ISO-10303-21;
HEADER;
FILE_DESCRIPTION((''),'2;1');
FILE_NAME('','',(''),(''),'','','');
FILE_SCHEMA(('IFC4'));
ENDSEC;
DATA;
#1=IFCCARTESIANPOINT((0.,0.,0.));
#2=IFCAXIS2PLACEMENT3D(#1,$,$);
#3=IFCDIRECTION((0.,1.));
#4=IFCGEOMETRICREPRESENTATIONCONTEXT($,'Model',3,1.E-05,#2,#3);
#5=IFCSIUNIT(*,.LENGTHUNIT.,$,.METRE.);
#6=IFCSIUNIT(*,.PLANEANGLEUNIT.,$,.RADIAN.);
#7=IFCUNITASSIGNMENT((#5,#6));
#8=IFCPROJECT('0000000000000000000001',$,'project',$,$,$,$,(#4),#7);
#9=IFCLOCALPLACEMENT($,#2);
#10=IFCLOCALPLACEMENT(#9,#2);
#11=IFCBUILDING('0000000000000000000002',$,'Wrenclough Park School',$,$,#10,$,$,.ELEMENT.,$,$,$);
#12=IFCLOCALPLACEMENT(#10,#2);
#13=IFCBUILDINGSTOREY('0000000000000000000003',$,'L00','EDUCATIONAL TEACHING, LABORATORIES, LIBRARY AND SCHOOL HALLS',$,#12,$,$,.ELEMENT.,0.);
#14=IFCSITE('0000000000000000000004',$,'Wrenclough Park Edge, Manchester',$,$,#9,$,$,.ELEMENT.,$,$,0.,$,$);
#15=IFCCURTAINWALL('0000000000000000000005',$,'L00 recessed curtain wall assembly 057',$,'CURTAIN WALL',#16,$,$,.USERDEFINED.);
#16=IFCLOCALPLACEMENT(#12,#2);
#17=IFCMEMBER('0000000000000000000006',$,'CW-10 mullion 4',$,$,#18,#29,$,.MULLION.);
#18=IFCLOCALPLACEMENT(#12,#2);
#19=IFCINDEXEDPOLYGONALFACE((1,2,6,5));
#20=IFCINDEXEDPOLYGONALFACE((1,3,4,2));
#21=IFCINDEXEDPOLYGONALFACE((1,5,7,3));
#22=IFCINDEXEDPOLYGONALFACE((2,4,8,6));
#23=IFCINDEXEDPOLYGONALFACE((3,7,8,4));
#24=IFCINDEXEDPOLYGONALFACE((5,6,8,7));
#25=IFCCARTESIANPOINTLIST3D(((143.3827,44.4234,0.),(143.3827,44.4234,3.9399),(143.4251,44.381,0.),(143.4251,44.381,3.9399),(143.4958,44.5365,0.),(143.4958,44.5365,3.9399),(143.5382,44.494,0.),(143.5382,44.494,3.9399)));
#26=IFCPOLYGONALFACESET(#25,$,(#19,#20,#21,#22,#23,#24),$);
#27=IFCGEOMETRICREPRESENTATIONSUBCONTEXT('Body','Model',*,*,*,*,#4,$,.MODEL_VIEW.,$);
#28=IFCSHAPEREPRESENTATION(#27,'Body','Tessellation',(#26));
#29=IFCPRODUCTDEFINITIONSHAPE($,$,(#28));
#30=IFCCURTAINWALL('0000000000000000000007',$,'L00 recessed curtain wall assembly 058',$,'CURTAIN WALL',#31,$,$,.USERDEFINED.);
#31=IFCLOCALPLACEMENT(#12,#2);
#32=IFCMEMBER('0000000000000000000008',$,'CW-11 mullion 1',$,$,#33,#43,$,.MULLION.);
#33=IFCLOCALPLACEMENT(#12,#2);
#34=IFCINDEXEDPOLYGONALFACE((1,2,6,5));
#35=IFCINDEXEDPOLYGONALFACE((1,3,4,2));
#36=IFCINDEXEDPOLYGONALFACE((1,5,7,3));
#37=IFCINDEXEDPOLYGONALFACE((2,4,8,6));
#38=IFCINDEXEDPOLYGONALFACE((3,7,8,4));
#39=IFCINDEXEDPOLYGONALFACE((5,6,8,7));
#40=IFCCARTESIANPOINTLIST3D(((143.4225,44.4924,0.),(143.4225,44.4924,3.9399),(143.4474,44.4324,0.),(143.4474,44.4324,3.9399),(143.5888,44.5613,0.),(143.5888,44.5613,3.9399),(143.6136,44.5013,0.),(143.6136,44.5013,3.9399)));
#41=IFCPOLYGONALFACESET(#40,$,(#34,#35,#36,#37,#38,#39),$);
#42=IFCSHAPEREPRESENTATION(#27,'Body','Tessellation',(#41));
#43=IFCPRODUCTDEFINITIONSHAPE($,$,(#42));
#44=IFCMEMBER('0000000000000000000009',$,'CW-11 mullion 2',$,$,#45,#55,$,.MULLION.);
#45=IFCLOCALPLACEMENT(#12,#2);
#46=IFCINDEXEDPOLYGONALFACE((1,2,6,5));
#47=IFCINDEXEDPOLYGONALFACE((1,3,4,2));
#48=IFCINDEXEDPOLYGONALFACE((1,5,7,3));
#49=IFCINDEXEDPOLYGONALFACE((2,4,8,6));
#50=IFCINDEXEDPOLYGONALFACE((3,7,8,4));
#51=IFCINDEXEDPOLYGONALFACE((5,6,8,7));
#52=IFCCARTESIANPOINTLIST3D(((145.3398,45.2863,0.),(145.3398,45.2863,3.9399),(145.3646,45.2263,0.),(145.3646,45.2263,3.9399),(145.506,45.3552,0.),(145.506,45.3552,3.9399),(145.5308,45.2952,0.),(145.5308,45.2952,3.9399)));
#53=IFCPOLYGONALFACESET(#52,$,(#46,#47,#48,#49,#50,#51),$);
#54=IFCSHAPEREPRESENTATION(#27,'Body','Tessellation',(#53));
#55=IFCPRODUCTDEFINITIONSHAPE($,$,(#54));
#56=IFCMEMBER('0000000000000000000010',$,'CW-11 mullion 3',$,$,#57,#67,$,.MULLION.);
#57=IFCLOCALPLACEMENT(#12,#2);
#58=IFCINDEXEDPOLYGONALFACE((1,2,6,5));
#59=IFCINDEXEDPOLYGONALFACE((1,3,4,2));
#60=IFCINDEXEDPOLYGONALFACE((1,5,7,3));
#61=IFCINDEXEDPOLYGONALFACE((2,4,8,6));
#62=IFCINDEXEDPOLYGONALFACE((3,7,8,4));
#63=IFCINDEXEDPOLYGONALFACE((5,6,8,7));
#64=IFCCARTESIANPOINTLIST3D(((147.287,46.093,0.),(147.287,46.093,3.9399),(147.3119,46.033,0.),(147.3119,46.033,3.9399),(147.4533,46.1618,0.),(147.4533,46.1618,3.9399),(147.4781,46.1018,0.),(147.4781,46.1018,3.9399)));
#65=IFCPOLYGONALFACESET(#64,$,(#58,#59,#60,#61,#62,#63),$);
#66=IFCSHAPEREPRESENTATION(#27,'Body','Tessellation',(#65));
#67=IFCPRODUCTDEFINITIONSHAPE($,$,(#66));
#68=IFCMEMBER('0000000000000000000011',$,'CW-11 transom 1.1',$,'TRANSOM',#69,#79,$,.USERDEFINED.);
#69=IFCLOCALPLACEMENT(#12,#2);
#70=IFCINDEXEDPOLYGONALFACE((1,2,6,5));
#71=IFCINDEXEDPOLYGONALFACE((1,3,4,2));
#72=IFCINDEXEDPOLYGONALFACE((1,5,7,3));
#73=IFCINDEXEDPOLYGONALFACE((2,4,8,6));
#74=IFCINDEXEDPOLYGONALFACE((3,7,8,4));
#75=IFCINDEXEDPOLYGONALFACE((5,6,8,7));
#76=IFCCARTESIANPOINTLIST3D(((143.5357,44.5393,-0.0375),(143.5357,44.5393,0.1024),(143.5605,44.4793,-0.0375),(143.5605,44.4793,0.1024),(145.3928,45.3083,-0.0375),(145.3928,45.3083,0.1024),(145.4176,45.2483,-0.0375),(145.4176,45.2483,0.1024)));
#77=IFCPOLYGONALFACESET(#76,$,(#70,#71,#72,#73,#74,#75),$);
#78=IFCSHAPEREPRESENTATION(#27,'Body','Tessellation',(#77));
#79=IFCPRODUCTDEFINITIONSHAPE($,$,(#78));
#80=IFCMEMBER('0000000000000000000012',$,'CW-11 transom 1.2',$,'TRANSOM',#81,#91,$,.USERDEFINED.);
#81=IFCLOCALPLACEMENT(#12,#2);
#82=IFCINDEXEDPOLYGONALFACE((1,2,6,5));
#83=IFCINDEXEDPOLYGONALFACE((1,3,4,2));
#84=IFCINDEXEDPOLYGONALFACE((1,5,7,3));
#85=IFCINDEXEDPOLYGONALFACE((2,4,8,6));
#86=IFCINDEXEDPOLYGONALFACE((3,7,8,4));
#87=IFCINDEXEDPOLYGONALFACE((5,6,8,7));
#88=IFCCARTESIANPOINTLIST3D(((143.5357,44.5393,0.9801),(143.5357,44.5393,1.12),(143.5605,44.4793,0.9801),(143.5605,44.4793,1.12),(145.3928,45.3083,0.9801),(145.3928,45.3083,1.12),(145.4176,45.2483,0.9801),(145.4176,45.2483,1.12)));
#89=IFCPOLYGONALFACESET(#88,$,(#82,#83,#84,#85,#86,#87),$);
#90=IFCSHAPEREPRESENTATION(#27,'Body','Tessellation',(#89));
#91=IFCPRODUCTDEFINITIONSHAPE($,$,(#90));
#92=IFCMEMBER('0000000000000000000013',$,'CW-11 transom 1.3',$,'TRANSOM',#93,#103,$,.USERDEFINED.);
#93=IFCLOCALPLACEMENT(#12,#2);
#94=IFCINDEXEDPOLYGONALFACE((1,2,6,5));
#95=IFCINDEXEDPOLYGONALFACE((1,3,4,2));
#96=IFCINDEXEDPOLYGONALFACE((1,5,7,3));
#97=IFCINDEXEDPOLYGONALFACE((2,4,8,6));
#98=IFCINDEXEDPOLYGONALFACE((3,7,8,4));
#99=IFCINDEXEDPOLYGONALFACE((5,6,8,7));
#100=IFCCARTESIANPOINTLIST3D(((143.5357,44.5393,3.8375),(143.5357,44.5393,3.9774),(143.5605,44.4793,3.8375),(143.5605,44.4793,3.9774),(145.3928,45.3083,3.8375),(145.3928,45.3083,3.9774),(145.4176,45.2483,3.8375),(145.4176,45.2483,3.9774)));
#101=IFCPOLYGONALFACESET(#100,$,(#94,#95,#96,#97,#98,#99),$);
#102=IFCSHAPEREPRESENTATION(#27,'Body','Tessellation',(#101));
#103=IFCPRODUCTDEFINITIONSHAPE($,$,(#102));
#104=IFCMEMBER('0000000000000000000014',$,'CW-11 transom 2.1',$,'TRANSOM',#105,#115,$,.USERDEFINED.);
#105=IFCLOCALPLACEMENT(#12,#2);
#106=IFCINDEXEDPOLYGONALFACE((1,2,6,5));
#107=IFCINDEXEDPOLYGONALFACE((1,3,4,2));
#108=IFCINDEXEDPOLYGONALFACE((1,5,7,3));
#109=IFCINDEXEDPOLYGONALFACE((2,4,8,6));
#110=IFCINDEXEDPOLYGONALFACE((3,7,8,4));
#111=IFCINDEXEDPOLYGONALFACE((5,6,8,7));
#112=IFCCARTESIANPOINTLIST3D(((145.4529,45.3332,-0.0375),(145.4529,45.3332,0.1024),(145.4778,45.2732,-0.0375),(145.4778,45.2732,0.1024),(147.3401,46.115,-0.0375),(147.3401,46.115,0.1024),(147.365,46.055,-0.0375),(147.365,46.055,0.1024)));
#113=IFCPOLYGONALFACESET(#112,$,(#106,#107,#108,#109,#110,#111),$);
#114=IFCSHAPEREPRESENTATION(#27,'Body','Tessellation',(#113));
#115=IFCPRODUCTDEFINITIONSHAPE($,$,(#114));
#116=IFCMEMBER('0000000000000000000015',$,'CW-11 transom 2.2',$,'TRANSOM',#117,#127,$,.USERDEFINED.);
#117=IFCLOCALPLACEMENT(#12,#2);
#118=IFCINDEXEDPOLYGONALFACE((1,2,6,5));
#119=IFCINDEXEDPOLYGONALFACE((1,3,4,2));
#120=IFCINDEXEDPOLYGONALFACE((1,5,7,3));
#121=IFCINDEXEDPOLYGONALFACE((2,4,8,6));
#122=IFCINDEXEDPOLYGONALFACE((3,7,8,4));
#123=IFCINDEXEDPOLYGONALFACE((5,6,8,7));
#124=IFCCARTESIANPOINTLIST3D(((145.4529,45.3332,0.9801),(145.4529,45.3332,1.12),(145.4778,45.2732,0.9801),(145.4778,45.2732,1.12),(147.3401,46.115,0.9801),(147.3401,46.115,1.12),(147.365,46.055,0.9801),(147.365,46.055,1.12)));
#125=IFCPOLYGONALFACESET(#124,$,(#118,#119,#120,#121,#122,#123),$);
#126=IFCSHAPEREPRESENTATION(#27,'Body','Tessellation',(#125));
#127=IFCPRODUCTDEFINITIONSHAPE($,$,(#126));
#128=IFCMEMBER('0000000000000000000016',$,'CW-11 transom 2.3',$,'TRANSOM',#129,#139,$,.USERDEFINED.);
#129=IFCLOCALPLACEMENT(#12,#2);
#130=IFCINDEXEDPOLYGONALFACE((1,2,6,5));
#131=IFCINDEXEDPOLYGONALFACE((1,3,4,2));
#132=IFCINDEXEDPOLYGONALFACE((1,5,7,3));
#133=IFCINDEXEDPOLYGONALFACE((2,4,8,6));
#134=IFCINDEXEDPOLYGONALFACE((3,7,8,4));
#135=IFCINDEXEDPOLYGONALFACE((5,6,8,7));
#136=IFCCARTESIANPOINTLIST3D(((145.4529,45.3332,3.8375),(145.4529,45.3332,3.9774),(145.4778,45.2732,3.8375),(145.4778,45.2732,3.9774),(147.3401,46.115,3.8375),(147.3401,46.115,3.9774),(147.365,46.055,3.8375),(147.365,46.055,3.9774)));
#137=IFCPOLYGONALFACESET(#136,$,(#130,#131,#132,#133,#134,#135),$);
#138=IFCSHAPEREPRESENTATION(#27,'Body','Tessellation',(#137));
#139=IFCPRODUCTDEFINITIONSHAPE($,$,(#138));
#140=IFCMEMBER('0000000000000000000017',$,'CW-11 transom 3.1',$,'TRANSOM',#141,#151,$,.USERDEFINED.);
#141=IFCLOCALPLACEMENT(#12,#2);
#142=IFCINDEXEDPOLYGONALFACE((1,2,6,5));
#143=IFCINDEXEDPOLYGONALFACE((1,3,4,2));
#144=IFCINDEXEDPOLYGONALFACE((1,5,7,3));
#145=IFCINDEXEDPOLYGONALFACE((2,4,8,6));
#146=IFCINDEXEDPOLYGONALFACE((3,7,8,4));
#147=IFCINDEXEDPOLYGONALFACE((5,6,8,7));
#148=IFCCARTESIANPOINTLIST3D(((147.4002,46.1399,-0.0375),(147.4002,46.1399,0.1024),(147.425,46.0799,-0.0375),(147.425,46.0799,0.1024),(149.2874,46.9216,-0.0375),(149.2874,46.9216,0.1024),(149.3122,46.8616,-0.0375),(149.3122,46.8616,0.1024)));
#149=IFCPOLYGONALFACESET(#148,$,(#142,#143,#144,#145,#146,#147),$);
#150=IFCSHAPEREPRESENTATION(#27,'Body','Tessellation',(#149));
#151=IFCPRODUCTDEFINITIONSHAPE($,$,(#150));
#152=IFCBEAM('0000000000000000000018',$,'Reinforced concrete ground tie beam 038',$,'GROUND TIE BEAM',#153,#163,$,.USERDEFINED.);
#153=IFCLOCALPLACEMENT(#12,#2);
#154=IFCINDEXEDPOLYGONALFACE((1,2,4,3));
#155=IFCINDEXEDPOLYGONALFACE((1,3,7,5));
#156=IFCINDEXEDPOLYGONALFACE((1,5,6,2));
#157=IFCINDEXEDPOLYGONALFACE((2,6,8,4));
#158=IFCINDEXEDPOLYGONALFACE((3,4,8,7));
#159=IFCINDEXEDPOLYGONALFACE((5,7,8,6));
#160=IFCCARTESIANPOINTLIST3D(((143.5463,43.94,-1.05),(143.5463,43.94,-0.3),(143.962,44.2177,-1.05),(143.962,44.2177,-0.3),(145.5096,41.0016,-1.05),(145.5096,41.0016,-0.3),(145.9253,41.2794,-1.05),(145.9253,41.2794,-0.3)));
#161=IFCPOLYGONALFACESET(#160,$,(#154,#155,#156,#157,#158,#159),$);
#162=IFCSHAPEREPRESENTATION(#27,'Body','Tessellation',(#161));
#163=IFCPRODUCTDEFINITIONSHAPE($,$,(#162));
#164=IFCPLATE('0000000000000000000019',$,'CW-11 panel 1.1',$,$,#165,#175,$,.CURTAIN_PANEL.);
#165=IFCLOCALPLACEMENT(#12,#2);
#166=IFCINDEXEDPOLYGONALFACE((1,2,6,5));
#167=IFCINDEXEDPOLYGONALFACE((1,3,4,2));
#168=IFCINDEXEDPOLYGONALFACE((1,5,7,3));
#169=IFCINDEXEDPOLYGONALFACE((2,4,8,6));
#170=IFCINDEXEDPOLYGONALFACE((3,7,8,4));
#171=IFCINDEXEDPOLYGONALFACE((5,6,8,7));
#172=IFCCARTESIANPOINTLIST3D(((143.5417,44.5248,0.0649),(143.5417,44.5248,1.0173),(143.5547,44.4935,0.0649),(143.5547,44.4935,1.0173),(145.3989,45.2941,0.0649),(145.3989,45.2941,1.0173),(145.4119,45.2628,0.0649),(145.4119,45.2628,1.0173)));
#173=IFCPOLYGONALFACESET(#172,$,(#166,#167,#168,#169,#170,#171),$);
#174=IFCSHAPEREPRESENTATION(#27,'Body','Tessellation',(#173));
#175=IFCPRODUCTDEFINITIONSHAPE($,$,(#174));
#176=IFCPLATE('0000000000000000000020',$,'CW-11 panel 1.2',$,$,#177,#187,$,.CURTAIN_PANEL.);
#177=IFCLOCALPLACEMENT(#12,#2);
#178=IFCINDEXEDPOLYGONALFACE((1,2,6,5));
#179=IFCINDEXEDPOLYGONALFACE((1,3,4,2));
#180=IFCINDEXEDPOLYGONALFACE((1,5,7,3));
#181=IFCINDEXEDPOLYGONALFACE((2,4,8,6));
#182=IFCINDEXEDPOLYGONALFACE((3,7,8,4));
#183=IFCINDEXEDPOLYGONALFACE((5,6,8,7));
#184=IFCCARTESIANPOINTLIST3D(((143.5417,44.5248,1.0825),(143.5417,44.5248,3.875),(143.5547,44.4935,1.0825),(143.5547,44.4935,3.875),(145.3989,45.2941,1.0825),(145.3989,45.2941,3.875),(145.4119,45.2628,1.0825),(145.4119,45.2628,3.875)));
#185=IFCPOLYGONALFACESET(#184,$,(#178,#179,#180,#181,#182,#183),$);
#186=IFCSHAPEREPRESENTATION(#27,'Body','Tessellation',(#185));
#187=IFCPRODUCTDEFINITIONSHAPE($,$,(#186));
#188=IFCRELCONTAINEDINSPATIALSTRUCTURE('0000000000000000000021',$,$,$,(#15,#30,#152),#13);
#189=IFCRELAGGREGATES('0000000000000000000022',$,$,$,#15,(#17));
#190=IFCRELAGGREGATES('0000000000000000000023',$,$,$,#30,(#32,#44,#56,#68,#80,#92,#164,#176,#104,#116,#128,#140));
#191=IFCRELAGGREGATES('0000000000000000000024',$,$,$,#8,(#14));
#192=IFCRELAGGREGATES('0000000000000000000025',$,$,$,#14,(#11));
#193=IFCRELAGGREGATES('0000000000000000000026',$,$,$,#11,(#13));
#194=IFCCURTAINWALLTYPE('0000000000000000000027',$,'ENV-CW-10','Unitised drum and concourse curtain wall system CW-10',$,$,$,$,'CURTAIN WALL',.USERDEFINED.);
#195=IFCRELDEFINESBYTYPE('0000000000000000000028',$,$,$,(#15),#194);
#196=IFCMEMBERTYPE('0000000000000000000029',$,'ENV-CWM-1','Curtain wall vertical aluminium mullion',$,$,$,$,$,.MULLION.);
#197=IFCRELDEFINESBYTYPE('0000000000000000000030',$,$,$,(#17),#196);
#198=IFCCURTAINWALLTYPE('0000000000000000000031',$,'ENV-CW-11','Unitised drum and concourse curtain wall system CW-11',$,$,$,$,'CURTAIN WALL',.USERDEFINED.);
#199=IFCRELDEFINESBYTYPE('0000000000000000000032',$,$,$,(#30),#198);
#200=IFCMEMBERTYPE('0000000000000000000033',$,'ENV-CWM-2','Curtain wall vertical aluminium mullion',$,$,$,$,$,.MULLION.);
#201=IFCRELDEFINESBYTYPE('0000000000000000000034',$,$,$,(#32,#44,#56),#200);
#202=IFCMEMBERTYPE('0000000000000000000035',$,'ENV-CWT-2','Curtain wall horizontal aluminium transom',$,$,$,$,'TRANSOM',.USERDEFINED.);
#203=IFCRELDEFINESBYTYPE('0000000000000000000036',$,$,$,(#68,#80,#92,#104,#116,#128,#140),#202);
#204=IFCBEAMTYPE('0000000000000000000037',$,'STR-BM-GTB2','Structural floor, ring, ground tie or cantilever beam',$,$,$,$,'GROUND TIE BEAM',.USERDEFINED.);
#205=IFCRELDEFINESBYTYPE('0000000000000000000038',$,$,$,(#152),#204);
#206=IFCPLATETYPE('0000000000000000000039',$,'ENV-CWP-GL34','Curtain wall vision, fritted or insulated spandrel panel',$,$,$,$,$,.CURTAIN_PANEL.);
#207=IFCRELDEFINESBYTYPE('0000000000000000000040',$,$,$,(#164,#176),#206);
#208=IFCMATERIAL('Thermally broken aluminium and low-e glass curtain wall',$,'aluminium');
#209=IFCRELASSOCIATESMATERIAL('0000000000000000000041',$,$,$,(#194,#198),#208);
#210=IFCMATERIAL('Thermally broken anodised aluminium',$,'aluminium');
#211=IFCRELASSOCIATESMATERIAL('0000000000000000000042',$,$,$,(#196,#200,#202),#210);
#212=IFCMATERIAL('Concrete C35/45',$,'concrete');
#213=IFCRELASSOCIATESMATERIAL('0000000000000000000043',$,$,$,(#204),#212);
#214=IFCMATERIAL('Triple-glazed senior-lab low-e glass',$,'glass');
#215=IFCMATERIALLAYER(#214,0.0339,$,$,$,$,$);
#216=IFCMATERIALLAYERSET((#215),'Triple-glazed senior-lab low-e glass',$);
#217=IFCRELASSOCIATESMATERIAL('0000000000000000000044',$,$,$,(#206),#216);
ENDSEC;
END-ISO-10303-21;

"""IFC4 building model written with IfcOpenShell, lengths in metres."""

from ifc_helpers import new_model, si_unit, direction, frame, origin, origin_2d, place, context, subcontext, project, spatial, rectangle, extrude, material, layer, layer_set, material_profile, profile_set, type_object, element, aggregate, save


model = new_model("IFC4")

# Units and contexts
model_context = context("Model", 3, precision=1e-05, world=origin(), true_north=direction((0.0, 1.0)))
body_context = subcontext(model_context, "Body", "Model", "MODEL_VIEW")
ifc_project = project(units=[si_unit("LENGTHUNIT", "METRE"), si_unit("PLANEANGLEUNIT", "RADIAN")], contexts=[model_context])

# Site, building, storey
site_placement = place(None, origin())
site = spatial("IfcSite", under=ifc_project, at=site_placement, Name="Wrenclough Park Edge, Manchester", CompositionType="ELEMENT", RefElevation=0.0)
building_placement = place(site_placement, origin())
building = spatial("IfcBuilding", under=site, at=building_placement, Name="Wrenclough Park School", CompositionType="ELEMENT")
storey_placement = place(building_placement, origin())
storey = spatial("IfcBuildingStorey", under=building, at=storey_placement, Name="L00", Description="EDUCATIONAL TEACHING, LABORATORIES, LIBRARY AND SCHOOL HALLS", CompositionType="ELEMENT", Elevation=0.0)

# Shared definitions
ifc_material_1 = material(Name="Concrete C35/45", Category="concrete")

# Curtain wall, member
ifc_material_2 = material(Name="Thermally broken aluminium and low-e glass curtain wall", Category="aluminium")
curtain_wall_type_1 = type_object("IfcCurtainWallType", Name="ENV-CW-10", Description="Unitised drum and concourse curtain wall system CW-10", ElementType="CURTAIN WALL", PredefinedType="USERDEFINED", material=ifc_material_2)
curtain_wall_1_placement = place(storey_placement, origin())
curtain_wall_1 = element("IfcCurtainWall", 1, at=curtain_wall_1_placement, inside=storey, type_object=curtain_wall_type_1, Name="L00 recessed curtain wall assembly 057", ObjectType="CURTAIN WALL", PredefinedType="USERDEFINED")
ifc_material_3 = material(Name="Thermally broken anodised aluminium", Category="aluminium")
ifc_material_profile_1 = material_profile(ifc_material_3, rectangle(XDim=0.0601, YDim=0.1599, at=origin_2d()), Name="AL MULLION 60x160")
ifc_profile_set_1 = profile_set([ifc_material_profile_1], Name="Thermally broken anodised aluminium")
member_type_1 = type_object("IfcMemberType", Name="ENV-CWM-1", Description="Curtain wall vertical aluminium mullion", PredefinedType="MULLION", material=ifc_profile_set_1)
member_1_placement = place(storey_placement, frame((143.4604, 44.4587, 0.0), z_axis=(0.0, 0.0, 1.0), x_axis=(-0.707107, 0.707107, 0.0)))
member_1 = element("IfcMember", 2, at=member_1_placement, type_object=member_type_1, Name="CW-10 mullion 4", PredefinedType="MULLION", context=body_context, shape_type="SweptSolid", body=[
    extrude(rectangle(XDim=0.0601, YDim=0.1599, at=origin_2d()), origin(), (0.0, 0.0, 1.0), 3.9399),
])
aggregate(curtain_wall_1, [member_1])

# Curtain wall, members
curtain_wall_type_2 = type_object("IfcCurtainWallType", Name="ENV-CW-11", Description="Unitised drum and concourse curtain wall system CW-11", ElementType="CURTAIN WALL", PredefinedType="USERDEFINED", material=ifc_material_2)
curtain_wall_2_placement = place(storey_placement, origin())
curtain_wall_2 = element("IfcCurtainWall", 3, at=curtain_wall_2_placement, inside=storey, type_object=curtain_wall_type_2, Name="L00 recessed curtain wall assembly 058", ObjectType="CURTAIN WALL", PredefinedType="USERDEFINED")
ifc_material_profile_2 = material_profile(ifc_material_3, rectangle(XDim=0.0649, YDim=0.1799, at=origin_2d()), Name="AL MULLION 65x180")
ifc_profile_set_2 = profile_set([ifc_material_profile_2], Name="Thermally broken anodised aluminium")
member_type_2 = type_object("IfcMemberType", Name="ENV-CWM-2", Description="Curtain wall vertical aluminium mullion", PredefinedType="MULLION", material=ifc_profile_set_2)
member_2_placement = place(storey_placement, frame((143.5181, 44.4968, 0.0), z_axis=(0.0, 0.0, 1.0), x_axis=(-0.382687, 0.923878, 0.0)))
member_2 = element("IfcMember", 4, at=member_2_placement, type_object=member_type_2, Name="CW-11 mullion 1", PredefinedType="MULLION", context=body_context, shape_type="SweptSolid", body=[
    extrude(rectangle(XDim=0.0649, YDim=0.1799, at=origin_2d()), origin(), (0.0, 0.0, 1.0), 3.9399),
])
member_3_placement = place(storey_placement, frame((145.4353, 45.2908, 0.0), z_axis=(0.0, 0.0, 1.0), x_axis=(-0.382687, 0.923878, 0.0)))
member_3 = element("IfcMember", 5, at=member_3_placement, type_object=member_type_2, Name="CW-11 mullion 2", PredefinedType="MULLION", context=body_context, shape_type="SweptSolid", body=[
    extrude(rectangle(XDim=0.0649, YDim=0.1799, at=origin_2d()), origin(), (0.0, 0.0, 1.0), 3.9399),
])
member_4_placement = place(storey_placement, frame((147.3826, 46.0974, 0.0), z_axis=(0.0, 0.0, 1.0), x_axis=(-0.382687, 0.923878, 0.0)))
member_4 = element("IfcMember", 6, at=member_4_placement, type_object=member_type_2, Name="CW-11 mullion 3", PredefinedType="MULLION", context=body_context, shape_type="SweptSolid", body=[
    extrude(rectangle(XDim=0.0649, YDim=0.1799, at=origin_2d()), origin(), (0.0, 0.0, 1.0), 3.9399),
])
ifc_material_profile_3 = material_profile(ifc_material_3, rectangle(XDim=0.0649, YDim=0.1399, at=origin_2d()), Name="AL TRANSOM 65x140")
ifc_profile_set_3 = profile_set([ifc_material_profile_3], Name="Thermally broken anodised aluminium")
member_type_3 = type_object("IfcMemberType", Name="ENV-CWT-2", Description="Curtain wall horizontal aluminium transom", ElementType="TRANSOM", PredefinedType="USERDEFINED", material=ifc_profile_set_3)
member_5_placement = place(storey_placement, frame((143.5481, 44.5093, 0.0325), z_axis=(0.923919, 0.382588, 0.0), x_axis=(-0.382588, 0.923919, 0.0)))
member_5 = element("IfcMember", 7, at=member_5_placement, type_object=member_type_3, Name="CW-11 transom 1.1", ObjectType="TRANSOM", PredefinedType="USERDEFINED", context=body_context, shape_type="SweptSolid", body=[
    extrude(rectangle(XDim=0.0649, YDim=0.1399, at=origin_2d()), origin(), (0.0, 0.0, 1.0), 2.01),
])
member_6_placement = place(storey_placement, frame((143.5481, 44.5093, 1.05), z_axis=(0.923919, 0.382588, 0.0), x_axis=(-0.382588, 0.923919, 0.0)))
member_6 = element("IfcMember", 8, at=member_6_placement, type_object=member_type_3, Name="CW-11 transom 1.2", ObjectType="TRANSOM", PredefinedType="USERDEFINED", context=body_context, shape_type="SweptSolid", body=[
    extrude(rectangle(XDim=0.0649, YDim=0.1399, at=origin_2d()), origin(), (0.0, 0.0, 1.0), 2.01),
])
member_7_placement = place(storey_placement, frame((143.5481, 44.5093, 3.9075), z_axis=(0.923919, 0.382588, 0.0), x_axis=(-0.382588, 0.923919, 0.0)))
member_7 = element("IfcMember", 9, at=member_7_placement, type_object=member_type_3, Name="CW-11 transom 1.3", ObjectType="TRANSOM", PredefinedType="USERDEFINED", context=body_context, shape_type="SweptSolid", body=[
    extrude(rectangle(XDim=0.0649, YDim=0.1399, at=origin_2d()), origin(), (0.0, 0.0, 1.0), 2.01),
])
member_8_placement = place(storey_placement, frame((145.4653, 45.3032, 0.0325), z_axis=(0.923874, 0.382697, 0.0), x_axis=(-0.382697, 0.923874, 0.0)))
member_8 = element("IfcMember", 10, at=member_8_placement, type_object=member_type_3, Name="CW-11 transom 2.1", ObjectType="TRANSOM", PredefinedType="USERDEFINED", context=body_context, shape_type="SweptSolid", body=[
    extrude(rectangle(XDim=0.0649, YDim=0.1399, at=origin_2d()), origin(), (0.0, 0.0, 1.0), 2.0427),
])
member_9_placement = place(storey_placement, frame((145.4653, 45.3032, 1.05), z_axis=(0.923874, 0.382697, 0.0), x_axis=(-0.382697, 0.923874, 0.0)))
member_9 = element("IfcMember", 11, at=member_9_placement, type_object=member_type_3, Name="CW-11 transom 2.2", ObjectType="TRANSOM", PredefinedType="USERDEFINED", context=body_context, shape_type="SweptSolid", body=[
    extrude(rectangle(XDim=0.0649, YDim=0.1399, at=origin_2d()), origin(), (0.0, 0.0, 1.0), 2.0427),
])
member_10_placement = place(storey_placement, frame((145.4653, 45.3032, 3.9075), z_axis=(0.923874, 0.382697, 0.0), x_axis=(-0.382697, 0.923874, 0.0)))
member_10 = element("IfcMember", 12, at=member_10_placement, type_object=member_type_3, Name="CW-11 transom 2.3", ObjectType="TRANSOM", PredefinedType="USERDEFINED", context=body_context, shape_type="SweptSolid", body=[
    extrude(rectangle(XDim=0.0649, YDim=0.1399, at=origin_2d()), origin(), (0.0, 0.0, 1.0), 2.0427),
])
member_11_placement = place(storey_placement, frame((147.4126, 46.1099, 0.0325), z_axis=(0.923874, 0.382697, 0.0), x_axis=(-0.382697, 0.923874, 0.0)))
member_11 = element("IfcMember", 13, at=member_11_placement, type_object=member_type_3, Name="CW-11 transom 3.1", ObjectType="TRANSOM", PredefinedType="USERDEFINED", context=body_context, shape_type="SweptSolid", body=[
    extrude(rectangle(XDim=0.0649, YDim=0.1399, at=origin_2d()), origin(), (0.0, 0.0, 1.0), 2.0427),
])

# Beam
ifc_material_profile_4 = material_profile(ifc_material_1, rectangle(XDim=0.5, YDim=0.75, at=origin_2d()), Name="RC GROUND 500x750")
ifc_profile_set_4 = profile_set([ifc_material_profile_4], Name="Concrete C35/45")
beam_type = type_object("IfcBeamType", Name="STR-BM-GTB2", Description="Structural floor, ring, ground tie or cantilever beam", ElementType="GROUND TIE BEAM", PredefinedType="USERDEFINED", material=ifc_profile_set_4)
beam_placement = place(storey_placement, frame((143.7542, 44.0789, -0.675), z_axis=(0.555561, -0.831476, 0.0), x_axis=(0.831476, 0.555561, 0.0)))
element("IfcBeam", 14, at=beam_placement, inside=storey, type_object=beam_type, Name="Reinforced concrete ground tie beam 038", ObjectType="GROUND TIE BEAM", PredefinedType="USERDEFINED", context=body_context, shape_type="SweptSolid", body=[
    extrude(rectangle(XDim=0.5, YDim=0.75, at=origin_2d()), origin(), (0.0, 0.0, 1.0), 3.5339),
])

# Plates
ifc_material_4 = material(Name="Triple-glazed senior-lab low-e glass", Category="glass")
ifc_layer_1 = layer(ifc_material_4, 0.0339)
ifc_layer_set_1 = layer_set([ifc_layer_1], Name="Triple-glazed senior-lab low-e glass")
plate_type_1 = type_object("IfcPlateType", Name="ENV-CWP-GL34", Description="Curtain wall vision, fritted or insulated spandrel panel", PredefinedType="CURTAIN_PANEL", material=ifc_layer_set_1)
plate_1_placement = place(storey_placement, frame((144.4768, 44.8938, 0.0649), z_axis=(0.0, 0.0, 1.0), x_axis=(0.923878, 0.382687, 0.0)))
plate_1 = element("IfcPlate", 15, at=plate_1_placement, type_object=plate_type_1, Name="CW-11 panel 1.1", PredefinedType="CURTAIN_PANEL", context=body_context, shape_type="SweptSolid", body=[
    extrude(rectangle(XDim=2.0103, YDim=0.0339, at=origin_2d()), origin(), (0.0, 0.0, 1.0), 0.9524),
])
plate_2_placement = place(storey_placement, frame((144.4768, 44.8938, 1.0825), z_axis=(0.0, 0.0, 1.0), x_axis=(0.923878, 0.382687, 0.0)))
plate_2 = element("IfcPlate", 16, at=plate_2_placement, type_object=plate_type_1, Name="CW-11 panel 1.2", PredefinedType="CURTAIN_PANEL", context=body_context, shape_type="SweptSolid", body=[
    extrude(rectangle(XDim=2.0103, YDim=0.0339, at=origin_2d()), origin(), (0.0, 0.0, 1.0), 2.7925),
])
aggregate(curtain_wall_2, [member_2, member_3, member_4, member_5, member_6, member_7, plate_1, plate_2, member_8, member_9, member_10, member_11])

save(model, "model.ifc")
